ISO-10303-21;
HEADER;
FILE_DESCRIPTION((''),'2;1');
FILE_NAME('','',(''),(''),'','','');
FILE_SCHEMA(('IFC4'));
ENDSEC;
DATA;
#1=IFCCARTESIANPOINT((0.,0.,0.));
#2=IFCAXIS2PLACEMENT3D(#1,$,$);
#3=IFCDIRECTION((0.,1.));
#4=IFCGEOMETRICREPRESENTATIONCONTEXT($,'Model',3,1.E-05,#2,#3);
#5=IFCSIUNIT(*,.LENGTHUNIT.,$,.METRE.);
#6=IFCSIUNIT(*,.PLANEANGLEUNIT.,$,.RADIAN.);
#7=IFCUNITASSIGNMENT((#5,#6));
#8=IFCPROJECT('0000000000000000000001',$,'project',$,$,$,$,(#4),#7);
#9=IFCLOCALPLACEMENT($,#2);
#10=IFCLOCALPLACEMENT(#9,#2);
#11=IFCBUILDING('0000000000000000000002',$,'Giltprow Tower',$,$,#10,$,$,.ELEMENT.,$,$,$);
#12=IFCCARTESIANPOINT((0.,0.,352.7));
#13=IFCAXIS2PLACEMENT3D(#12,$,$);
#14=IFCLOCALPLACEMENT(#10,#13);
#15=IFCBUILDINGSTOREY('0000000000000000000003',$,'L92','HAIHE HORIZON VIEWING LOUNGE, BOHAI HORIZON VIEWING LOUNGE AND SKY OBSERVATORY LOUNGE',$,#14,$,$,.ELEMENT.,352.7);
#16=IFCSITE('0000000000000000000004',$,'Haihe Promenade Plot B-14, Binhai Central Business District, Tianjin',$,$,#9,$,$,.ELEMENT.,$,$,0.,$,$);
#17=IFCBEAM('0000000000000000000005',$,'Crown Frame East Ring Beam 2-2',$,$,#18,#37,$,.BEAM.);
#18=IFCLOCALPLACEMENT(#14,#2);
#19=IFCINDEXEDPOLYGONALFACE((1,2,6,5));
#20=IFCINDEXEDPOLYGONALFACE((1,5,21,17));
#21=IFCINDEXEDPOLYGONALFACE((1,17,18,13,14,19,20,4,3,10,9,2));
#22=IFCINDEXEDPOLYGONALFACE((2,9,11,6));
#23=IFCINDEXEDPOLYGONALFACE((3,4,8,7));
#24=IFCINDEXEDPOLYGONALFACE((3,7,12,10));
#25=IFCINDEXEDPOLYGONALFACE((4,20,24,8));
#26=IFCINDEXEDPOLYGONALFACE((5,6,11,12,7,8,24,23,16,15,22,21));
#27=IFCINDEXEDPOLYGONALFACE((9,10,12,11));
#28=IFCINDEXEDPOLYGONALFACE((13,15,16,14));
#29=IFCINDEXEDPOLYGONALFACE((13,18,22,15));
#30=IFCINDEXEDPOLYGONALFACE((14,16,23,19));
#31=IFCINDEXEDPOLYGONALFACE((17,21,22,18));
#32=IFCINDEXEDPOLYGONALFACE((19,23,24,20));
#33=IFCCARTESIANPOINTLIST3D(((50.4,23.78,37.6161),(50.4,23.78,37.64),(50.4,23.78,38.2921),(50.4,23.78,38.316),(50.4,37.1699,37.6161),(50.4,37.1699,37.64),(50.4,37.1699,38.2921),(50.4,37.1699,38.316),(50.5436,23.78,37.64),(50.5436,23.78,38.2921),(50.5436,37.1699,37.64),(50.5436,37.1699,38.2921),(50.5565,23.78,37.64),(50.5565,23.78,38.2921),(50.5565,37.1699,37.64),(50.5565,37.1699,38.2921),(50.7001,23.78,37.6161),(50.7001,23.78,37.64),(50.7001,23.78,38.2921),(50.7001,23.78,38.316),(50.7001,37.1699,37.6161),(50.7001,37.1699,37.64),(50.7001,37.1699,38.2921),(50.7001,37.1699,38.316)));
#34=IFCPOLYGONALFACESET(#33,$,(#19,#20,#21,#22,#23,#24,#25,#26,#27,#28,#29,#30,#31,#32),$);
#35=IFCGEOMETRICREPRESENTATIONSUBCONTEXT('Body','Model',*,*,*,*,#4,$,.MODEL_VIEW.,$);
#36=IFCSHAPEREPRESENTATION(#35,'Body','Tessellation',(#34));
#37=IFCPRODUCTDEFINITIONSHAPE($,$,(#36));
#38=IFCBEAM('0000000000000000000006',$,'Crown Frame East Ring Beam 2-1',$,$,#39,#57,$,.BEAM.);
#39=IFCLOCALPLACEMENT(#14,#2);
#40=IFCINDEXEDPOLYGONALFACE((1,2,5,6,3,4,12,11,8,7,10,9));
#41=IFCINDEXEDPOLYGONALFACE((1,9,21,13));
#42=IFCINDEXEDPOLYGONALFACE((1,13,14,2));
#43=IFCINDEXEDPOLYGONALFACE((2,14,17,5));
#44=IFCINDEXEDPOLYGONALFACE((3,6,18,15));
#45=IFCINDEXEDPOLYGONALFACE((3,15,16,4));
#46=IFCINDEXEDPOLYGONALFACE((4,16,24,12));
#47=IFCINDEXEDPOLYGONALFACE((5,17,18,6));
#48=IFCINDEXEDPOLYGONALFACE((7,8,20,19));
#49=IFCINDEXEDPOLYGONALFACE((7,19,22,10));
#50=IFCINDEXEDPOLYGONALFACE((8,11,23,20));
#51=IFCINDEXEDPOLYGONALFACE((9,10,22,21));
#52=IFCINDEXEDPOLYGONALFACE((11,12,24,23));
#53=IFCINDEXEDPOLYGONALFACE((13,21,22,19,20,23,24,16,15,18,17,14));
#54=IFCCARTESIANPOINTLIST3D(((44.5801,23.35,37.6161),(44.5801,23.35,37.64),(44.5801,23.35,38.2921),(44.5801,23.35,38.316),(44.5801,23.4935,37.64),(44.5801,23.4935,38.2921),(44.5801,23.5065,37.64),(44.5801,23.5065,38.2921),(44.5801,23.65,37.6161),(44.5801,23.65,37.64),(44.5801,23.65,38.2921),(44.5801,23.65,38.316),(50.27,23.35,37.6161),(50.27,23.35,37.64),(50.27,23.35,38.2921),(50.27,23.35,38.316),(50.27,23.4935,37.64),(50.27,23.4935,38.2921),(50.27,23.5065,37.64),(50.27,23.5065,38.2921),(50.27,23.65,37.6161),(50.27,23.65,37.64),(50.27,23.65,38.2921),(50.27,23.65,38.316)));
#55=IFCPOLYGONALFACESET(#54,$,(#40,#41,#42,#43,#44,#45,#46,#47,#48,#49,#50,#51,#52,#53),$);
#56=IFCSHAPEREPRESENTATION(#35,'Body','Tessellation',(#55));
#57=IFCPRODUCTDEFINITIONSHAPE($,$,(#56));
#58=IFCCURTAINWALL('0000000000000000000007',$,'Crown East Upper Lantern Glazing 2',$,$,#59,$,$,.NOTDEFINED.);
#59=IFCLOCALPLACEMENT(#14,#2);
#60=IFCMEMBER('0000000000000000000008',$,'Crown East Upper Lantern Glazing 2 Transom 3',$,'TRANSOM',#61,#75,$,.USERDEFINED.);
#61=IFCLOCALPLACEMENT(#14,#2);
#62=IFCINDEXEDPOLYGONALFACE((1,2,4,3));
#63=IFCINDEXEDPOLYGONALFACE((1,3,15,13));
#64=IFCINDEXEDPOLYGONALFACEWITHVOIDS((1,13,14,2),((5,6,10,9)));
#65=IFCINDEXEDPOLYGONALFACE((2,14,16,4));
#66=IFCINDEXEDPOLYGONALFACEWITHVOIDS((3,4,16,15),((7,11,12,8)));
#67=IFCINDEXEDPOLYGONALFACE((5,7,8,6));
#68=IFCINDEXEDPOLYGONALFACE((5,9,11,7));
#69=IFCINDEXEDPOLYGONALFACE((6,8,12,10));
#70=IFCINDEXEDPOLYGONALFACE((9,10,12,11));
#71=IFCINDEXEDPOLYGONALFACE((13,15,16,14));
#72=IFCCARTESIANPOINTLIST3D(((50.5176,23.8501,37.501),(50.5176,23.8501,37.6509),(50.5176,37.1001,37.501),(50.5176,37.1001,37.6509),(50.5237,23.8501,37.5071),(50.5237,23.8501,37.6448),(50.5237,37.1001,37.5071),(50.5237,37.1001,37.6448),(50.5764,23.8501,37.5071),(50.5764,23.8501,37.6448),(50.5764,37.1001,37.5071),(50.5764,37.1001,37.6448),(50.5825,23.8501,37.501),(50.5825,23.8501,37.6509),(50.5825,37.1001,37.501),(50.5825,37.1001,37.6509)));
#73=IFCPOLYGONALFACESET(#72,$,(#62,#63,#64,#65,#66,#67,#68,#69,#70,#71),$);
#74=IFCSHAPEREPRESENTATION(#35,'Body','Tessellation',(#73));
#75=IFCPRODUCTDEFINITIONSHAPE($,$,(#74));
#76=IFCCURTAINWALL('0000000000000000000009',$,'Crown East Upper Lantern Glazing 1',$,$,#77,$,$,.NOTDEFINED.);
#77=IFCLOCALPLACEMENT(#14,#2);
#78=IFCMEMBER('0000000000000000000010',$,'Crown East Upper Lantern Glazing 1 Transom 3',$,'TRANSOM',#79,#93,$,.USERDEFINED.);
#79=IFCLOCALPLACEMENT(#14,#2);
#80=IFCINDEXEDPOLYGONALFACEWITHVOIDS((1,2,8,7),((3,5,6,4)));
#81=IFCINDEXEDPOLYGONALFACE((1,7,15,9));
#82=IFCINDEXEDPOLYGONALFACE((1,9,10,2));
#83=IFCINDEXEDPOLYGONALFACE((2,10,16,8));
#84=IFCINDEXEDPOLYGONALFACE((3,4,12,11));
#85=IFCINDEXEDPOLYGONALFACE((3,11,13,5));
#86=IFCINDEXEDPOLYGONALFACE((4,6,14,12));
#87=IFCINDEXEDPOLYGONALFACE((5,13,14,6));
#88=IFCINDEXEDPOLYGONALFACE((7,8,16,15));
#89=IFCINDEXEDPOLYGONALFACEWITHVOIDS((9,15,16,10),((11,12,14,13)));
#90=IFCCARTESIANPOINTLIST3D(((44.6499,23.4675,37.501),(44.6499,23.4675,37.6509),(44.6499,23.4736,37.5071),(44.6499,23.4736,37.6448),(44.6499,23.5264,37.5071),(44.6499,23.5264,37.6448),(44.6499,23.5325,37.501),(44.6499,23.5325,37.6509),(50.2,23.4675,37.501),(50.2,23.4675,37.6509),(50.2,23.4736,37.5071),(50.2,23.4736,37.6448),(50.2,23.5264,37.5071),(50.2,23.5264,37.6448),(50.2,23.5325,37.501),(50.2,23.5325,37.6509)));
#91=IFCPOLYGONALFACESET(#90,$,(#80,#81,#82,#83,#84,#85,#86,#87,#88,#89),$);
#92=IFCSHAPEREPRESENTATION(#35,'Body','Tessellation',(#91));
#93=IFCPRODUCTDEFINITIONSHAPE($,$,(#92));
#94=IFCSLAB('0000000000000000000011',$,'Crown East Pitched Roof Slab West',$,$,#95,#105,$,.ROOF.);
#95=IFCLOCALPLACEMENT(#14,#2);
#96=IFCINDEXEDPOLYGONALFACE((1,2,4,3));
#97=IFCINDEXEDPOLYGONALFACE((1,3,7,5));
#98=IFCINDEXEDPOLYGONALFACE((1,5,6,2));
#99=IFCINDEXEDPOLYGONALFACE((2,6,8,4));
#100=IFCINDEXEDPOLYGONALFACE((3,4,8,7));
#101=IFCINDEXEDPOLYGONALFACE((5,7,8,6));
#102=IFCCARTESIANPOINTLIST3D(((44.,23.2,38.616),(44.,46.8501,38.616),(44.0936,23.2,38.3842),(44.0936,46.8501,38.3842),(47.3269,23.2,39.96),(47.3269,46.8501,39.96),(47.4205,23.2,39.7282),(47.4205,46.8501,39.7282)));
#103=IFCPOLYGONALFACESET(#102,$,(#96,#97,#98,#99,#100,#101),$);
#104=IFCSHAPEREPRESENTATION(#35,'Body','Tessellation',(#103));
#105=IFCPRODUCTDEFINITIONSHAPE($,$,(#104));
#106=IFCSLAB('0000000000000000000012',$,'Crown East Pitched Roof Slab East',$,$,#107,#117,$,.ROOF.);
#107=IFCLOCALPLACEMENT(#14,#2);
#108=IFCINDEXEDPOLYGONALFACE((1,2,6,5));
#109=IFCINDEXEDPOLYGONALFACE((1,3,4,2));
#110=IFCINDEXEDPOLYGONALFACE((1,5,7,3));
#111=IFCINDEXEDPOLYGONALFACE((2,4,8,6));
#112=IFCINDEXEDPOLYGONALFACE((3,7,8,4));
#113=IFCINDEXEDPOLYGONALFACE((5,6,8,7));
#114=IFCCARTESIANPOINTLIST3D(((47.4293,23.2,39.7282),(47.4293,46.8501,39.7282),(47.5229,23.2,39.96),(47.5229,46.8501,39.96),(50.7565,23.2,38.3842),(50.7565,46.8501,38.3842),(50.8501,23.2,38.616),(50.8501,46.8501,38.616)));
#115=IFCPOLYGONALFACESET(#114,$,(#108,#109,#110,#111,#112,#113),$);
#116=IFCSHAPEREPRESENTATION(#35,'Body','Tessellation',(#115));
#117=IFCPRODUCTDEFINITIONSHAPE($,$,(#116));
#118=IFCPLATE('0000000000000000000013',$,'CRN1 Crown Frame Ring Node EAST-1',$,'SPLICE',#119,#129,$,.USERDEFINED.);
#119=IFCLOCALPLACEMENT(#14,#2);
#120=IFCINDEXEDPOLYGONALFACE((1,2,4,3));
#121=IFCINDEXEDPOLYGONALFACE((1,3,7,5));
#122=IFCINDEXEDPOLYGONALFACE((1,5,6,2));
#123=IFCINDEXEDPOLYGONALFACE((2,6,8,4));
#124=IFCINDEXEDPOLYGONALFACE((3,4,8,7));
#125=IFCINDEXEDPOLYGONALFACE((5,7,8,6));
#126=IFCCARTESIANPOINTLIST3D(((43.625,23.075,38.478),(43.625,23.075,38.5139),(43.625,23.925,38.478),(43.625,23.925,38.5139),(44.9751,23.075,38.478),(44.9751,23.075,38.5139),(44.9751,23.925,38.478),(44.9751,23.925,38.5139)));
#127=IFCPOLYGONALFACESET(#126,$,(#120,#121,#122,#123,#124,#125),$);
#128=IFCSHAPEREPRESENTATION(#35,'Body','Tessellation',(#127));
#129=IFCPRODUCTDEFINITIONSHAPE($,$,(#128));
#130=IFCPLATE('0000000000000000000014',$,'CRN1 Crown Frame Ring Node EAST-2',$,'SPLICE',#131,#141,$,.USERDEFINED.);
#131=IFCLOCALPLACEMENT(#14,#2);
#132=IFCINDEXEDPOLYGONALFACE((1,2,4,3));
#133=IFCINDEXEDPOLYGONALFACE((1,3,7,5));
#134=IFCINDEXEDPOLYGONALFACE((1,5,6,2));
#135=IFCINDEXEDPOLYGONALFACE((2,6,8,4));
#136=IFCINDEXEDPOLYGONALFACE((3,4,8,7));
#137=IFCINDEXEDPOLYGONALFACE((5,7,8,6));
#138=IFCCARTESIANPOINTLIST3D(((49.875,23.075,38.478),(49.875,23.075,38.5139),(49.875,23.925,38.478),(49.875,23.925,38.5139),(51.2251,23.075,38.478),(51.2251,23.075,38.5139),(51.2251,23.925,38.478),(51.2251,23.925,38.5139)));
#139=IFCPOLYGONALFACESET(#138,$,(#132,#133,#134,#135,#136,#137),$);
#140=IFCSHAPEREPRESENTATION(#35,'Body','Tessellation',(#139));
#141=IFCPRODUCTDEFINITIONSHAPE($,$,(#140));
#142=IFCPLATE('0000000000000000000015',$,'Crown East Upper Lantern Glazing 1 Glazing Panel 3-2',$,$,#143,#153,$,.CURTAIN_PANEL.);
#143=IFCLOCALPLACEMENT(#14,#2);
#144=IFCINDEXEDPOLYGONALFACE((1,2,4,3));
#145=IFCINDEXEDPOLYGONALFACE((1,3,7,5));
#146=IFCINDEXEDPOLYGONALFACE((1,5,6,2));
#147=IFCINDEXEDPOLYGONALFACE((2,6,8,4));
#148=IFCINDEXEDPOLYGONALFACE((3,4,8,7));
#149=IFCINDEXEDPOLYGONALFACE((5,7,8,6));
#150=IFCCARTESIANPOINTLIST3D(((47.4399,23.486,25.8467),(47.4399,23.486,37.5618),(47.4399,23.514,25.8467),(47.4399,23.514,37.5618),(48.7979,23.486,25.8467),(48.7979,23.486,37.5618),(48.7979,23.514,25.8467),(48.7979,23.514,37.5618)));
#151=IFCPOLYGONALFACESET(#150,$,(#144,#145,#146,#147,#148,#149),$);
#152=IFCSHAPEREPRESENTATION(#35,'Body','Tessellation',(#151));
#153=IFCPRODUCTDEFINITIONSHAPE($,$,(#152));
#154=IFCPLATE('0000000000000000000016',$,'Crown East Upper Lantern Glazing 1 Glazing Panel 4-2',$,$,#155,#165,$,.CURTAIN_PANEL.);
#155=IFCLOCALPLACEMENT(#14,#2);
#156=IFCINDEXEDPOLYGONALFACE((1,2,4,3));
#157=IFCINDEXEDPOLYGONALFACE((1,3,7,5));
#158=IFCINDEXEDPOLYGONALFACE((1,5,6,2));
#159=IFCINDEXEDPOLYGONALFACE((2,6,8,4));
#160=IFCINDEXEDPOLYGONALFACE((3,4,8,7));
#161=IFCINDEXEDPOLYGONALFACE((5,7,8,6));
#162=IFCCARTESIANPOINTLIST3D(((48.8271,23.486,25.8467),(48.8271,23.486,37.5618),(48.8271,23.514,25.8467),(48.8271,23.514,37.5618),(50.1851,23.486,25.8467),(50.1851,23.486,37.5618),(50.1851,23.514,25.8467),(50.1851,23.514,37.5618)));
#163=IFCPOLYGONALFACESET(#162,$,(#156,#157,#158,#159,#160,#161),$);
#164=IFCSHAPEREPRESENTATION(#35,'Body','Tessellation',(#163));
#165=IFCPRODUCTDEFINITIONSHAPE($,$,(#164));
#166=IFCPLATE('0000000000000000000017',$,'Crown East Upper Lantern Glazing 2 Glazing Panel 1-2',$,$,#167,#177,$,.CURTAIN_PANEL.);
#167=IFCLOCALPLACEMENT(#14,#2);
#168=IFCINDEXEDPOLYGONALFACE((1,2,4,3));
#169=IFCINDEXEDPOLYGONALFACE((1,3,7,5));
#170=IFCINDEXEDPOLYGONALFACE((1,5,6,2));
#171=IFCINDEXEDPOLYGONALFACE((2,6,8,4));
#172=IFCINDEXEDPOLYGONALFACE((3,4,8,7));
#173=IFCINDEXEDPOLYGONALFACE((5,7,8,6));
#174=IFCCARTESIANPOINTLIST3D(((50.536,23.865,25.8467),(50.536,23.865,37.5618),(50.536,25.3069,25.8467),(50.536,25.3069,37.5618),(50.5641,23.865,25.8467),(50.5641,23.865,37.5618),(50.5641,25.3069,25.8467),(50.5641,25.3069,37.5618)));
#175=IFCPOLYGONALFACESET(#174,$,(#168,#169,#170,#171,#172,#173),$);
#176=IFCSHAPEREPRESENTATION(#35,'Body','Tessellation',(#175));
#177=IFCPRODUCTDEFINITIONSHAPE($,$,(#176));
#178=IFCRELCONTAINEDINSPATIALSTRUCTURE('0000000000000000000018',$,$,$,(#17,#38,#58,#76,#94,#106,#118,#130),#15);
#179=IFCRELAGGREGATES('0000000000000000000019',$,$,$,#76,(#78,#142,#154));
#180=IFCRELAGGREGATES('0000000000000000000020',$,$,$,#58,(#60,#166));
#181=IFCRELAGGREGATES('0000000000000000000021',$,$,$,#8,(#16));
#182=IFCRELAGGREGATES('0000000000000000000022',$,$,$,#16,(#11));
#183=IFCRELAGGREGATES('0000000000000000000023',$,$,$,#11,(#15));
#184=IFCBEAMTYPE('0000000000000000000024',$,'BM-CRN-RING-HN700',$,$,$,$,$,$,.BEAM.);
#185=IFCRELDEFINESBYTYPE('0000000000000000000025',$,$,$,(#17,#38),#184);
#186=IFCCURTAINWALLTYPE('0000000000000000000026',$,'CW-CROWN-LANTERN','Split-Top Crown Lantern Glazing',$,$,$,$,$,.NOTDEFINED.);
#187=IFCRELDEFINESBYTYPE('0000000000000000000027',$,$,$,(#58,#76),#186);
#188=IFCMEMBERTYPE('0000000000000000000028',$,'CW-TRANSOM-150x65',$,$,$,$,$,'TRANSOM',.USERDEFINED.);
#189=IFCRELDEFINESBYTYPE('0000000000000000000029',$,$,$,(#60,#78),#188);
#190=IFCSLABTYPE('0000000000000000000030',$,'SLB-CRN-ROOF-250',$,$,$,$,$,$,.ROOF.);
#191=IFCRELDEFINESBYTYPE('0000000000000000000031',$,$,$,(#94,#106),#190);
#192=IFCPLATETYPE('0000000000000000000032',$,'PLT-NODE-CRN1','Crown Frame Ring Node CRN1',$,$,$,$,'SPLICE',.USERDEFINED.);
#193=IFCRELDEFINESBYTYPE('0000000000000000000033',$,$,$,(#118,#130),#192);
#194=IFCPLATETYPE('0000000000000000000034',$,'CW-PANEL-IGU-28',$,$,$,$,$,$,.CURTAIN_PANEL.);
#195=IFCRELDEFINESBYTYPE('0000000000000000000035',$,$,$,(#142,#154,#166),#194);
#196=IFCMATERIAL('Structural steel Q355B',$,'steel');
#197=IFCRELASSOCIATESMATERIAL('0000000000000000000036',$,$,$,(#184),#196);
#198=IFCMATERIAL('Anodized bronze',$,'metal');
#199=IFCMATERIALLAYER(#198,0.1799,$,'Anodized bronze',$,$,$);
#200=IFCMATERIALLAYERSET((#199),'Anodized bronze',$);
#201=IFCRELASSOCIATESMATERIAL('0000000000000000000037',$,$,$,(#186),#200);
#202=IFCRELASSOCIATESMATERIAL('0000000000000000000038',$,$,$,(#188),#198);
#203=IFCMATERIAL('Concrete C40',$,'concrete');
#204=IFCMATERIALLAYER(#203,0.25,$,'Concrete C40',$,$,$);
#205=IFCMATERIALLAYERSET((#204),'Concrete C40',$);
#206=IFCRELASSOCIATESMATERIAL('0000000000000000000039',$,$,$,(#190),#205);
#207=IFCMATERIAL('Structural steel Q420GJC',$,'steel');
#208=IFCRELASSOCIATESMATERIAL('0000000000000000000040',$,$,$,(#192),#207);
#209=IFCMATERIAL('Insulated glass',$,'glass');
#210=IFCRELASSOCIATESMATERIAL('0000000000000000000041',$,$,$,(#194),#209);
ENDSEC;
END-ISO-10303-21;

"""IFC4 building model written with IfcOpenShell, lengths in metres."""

from ifc_helpers import new_model, si_unit, direction, frame, origin, origin_2d, place, context, subcontext, project, spatial, polyline, rectangle, hollow_rectangle, i_section, outline, extrude, source, transform, mapped, material, layer, layer_set, material_profile, profile_set, type_object, element, aggregate, save


model = new_model("IFC4")

# Units and contexts
model_context = context("Model", 3, precision=1e-05, world=origin(), true_north=direction((0.0, 1.0)))
body_context = subcontext(model_context, "Body", "Model", "MODEL_VIEW")
ifc_project = project(units=[si_unit("LENGTHUNIT", "METRE"), si_unit("PLANEANGLEUNIT", "RADIAN")], contexts=[model_context])

# Site, building, storey
site_placement = place(None, origin())
site = spatial("IfcSite", under=ifc_project, at=site_placement, Name="Haihe Promenade Plot B-14, Binhai Central Business District, Tianjin", CompositionType="ELEMENT", RefElevation=0.0)
building_placement = place(site_placement, origin())
building = spatial("IfcBuilding", under=site, at=building_placement, Name="Giltprow Tower", CompositionType="ELEMENT")
storey_placement = place(building_placement, frame((0.0, 0.0, 352.7)))
storey = spatial("IfcBuildingStorey", under=building, at=storey_placement, Name="L92", Description="HAIHE HORIZON VIEWING LOUNGE, BOHAI HORIZON VIEWING LOUNGE AND SKY OBSERVATORY LOUNGE", CompositionType="ELEMENT", Elevation=352.7)

# Beams
ifc_material_1 = material(Name="Structural steel Q355B", Category="steel")
ifc_material_profile_1 = material_profile(ifc_material_1, i_section(OverallWidth=0.3, OverallDepth=0.7, WebThickness=0.0129, FlangeThickness=0.0239, at=origin_2d()), Name="HN 700x300x13x24")
ifc_profile_set_1 = profile_set([ifc_material_profile_1], Name="Structural steel Q355B")
beam_type = type_object("IfcBeamType", Name="BM-CRN-RING-HN700", PredefinedType="BEAM", material=ifc_profile_set_1)
shared_shape_1 = source(origin(), body_context, "Body", "SweptSolid", [
    extrude(i_section(OverallWidth=0.3, OverallDepth=0.7, WebThickness=0.0129, FlangeThickness=0.0239, at=origin_2d()), origin(), (0.0, 0.0, 1.0), 13.3899),
])
beam_1_placement = place(storey_placement, frame((50.55, 23.78, 37.9661), z_axis=(0.0, 1.0, 0.0), x_axis=(-1.0, 0.0, 0.0)))
element("IfcBeam", 1, at=beam_1_placement, inside=storey, type_object=beam_type, Name="Crown Frame East Ring Beam 2-2", PredefinedType="BEAM", context=body_context, shape_type="MappedRepresentation", body=[
    mapped(shared_shape_1, transform((0.0, 0.0, 0.0), x_axis=(1.0, 0.0, 0.0), y_axis=(0.0, 1.0, 0.0), z_axis=(0.0, 0.0, 1.0), scale=1.0)),
])
shared_shape_2 = source(origin(), body_context, "Body", "SweptSolid", [
    extrude(i_section(OverallWidth=0.3, OverallDepth=0.7, WebThickness=0.0129, FlangeThickness=0.0239, at=origin_2d()), origin(), (0.0, 0.0, 1.0), 5.6899),
])
beam_2_placement = place(storey_placement, frame((44.5801, 23.5, 37.9661), z_axis=(1.0, 0.0, 0.0), x_axis=(0.0, 1.0, 0.0)))
element("IfcBeam", 2, at=beam_2_placement, inside=storey, type_object=beam_type, Name="Crown Frame East Ring Beam 2-1", PredefinedType="BEAM", context=body_context, shape_type="MappedRepresentation", body=[
    mapped(shared_shape_2, transform((0.0, 0.0, 0.0), x_axis=(1.0, 0.0, 0.0), y_axis=(0.0, 1.0, 0.0), z_axis=(0.0, 0.0, 1.0), scale=1.0)),
])

# Curtain walls, members
ifc_material_2 = material(Name="Anodized bronze", Category="metal")
ifc_layer_1 = layer(ifc_material_2, 0.1799, Name="Anodized bronze")
ifc_layer_set_1 = layer_set([ifc_layer_1], Name="Anodized bronze")
curtain_wall_type = type_object("IfcCurtainWallType", Name="CW-CROWN-LANTERN", Description="Split-Top Crown Lantern Glazing", PredefinedType="NOTDEFINED", material=ifc_layer_set_1)
curtain_wall_1_placement = place(storey_placement, origin())
curtain_wall_1 = element("IfcCurtainWall", 3, at=curtain_wall_1_placement, inside=storey, type_object=curtain_wall_type, Name="Crown East Upper Lantern Glazing 2", PredefinedType="NOTDEFINED")
ifc_material_profile_2 = material_profile(ifc_material_2, hollow_rectangle(XDim=0.0649, YDim=0.1499, WallThickness=0.0061, at=origin_2d()), Name="RHS 150x65x6")
ifc_profile_set_2 = profile_set([ifc_material_profile_2], Name="Anodized bronze")
member_type = type_object("IfcMemberType", Name="CW-TRANSOM-150x65", ElementType="TRANSOM", PredefinedType="USERDEFINED", material=ifc_profile_set_2)
shared_shape_3 = source(origin(), body_context, "Body", "SweptSolid", [
    extrude(hollow_rectangle(XDim=0.0649, YDim=0.1499, WallThickness=0.0061, at=origin_2d()), origin(), (0.0, 0.0, 1.0), 13.25),
])
member_1_placement = place(storey_placement, frame((50.55, 23.8501, 37.5759), z_axis=(0.0, 1.0, 0.0), x_axis=(-1.0, 0.0, 0.0)))
member_1 = element("IfcMember", 4, at=member_1_placement, type_object=member_type, Name="Crown East Upper Lantern Glazing 2 Transom 3", ObjectType="TRANSOM", PredefinedType="USERDEFINED", context=body_context, shape_type="MappedRepresentation", body=[
    mapped(shared_shape_3, transform((0.0, 0.0, 0.0), x_axis=(1.0, 0.0, 0.0), y_axis=(0.0, 1.0, 0.0), z_axis=(0.0, 0.0, 1.0), scale=1.0)),
])
curtain_wall_2_placement = place(storey_placement, origin())
curtain_wall_2 = element("IfcCurtainWall", 5, at=curtain_wall_2_placement, inside=storey, type_object=curtain_wall_type, Name="Crown East Upper Lantern Glazing 1", PredefinedType="NOTDEFINED")
shared_shape_4 = source(origin(), body_context, "Body", "SweptSolid", [
    extrude(hollow_rectangle(XDim=0.0649, YDim=0.1499, WallThickness=0.0061, at=origin_2d()), origin(), (0.0, 0.0, 1.0), 5.55),
])
member_2_placement = place(storey_placement, frame((44.6499, 23.5, 37.5759), z_axis=(1.0, 0.0, 0.0), x_axis=(0.0, 1.0, 0.0)))
member_2 = element("IfcMember", 6, at=member_2_placement, type_object=member_type, Name="Crown East Upper Lantern Glazing 1 Transom 3", ObjectType="TRANSOM", PredefinedType="USERDEFINED", context=body_context, shape_type="MappedRepresentation", body=[
    mapped(shared_shape_4, transform((0.0, 0.0, 0.0), x_axis=(1.0, 0.0, 0.0), y_axis=(0.0, 1.0, 0.0), z_axis=(0.0, 0.0, 1.0), scale=1.0)),
])

# Slabs
ifc_material_3 = material(Name="Concrete C40", Category="concrete")
ifc_layer_2 = layer(ifc_material_3, 0.25, Name="Concrete C40")
ifc_layer_set_2 = layer_set([ifc_layer_2], Name="Concrete C40")
slab_type = type_object("IfcSlabType", Name="SLB-CRN-ROOF-250", PredefinedType="ROOF", material=ifc_layer_set_2)
slab_1_placement = place(storey_placement, frame((44.0, 23.2, 38.616), z_axis=(-0.374568, 0.0, 0.9272), x_axis=(0.9272, 0.0, 0.374568)))
element("IfcSlab", 7, at=slab_1_placement, inside=storey, type_object=slab_type, Name="Crown East Pitched Roof Slab West", PredefinedType="ROOF", context=body_context, shape_type="SweptSolid", body=[
    extrude(outline(polyline([(0.0, 0.0), (3.5881, 0.0), (3.5881, 23.6501), (0.0, 23.6501), (0.0, 0.0)])), origin(), (0.0, 0.0, -1.0), 0.25),
])
slab_2_placement = place(storey_placement, frame((47.5229, 23.2, 39.96), z_axis=(0.374544, 0.0, 0.927209), x_axis=(0.927209, 0.0, -0.374544)))
element("IfcSlab", 8, at=slab_2_placement, inside=storey, type_object=slab_type, Name="Crown East Pitched Roof Slab East", PredefinedType="ROOF", context=body_context, shape_type="SweptSolid", body=[
    extrude(outline(polyline([(0.0, 0.0), (3.5883, 0.0), (3.5883, 23.6501), (0.0, 23.6501), (0.0, 0.0)])), origin(), (0.0, 0.0, -1.0), 0.25),
])

# Plates
ifc_material_4 = material(Name="Structural steel Q420GJC", Category="steel")
plate_type_1 = type_object("IfcPlateType", Name="PLT-NODE-CRN1", Description="Crown Frame Ring Node CRN1", ElementType="SPLICE", PredefinedType="USERDEFINED", material=ifc_material_4)
shared_shape_5 = source(origin(), body_context, "Body", "SweptSolid", [
    extrude(rectangle(XDim=1.3501, YDim=0.8501, at=origin_2d()), origin(), (0.0, 0.0, 1.0), 0.0359),
])
for number, where, z_axis, x_axis, name in (
    (9, (44.3, 23.5, 38.478), (0.0, 0.0, 1.0), (1.0, 0.0, 0.0), "CRN1 Crown Frame Ring Node EAST-1"),
    (10, (50.55, 23.5, 38.478), (0.0, 0.0, 1.0), (1.0, 0.0, 0.0), "CRN1 Crown Frame Ring Node EAST-2"),
):
    element("IfcPlate", number, at=place(storey_placement, frame(where, z_axis=z_axis, x_axis=x_axis)), inside=storey, type_object=plate_type_1, Name=name, ObjectType="SPLICE", PredefinedType="USERDEFINED", context=body_context, shape_type="MappedRepresentation", body=[
        mapped(shared_shape_5, transform((0.0, 0.0, 0.0), x_axis=(1.0, 0.0, 0.0), y_axis=(0.0, 1.0, 0.0), z_axis=(0.0, 0.0, 1.0), scale=1.0)),
    ])

# Plates
ifc_material_5 = material(Name="Insulated glass", Category="glass")
plate_type_2 = type_object("IfcPlateType", Name="CW-PANEL-IGU-28", PredefinedType="CURTAIN_PANEL", material=ifc_material_5)
shared_shape_6 = source(origin(), body_context, "Body", "SweptSolid", [
    extrude(rectangle(XDim=1.3579, YDim=0.0281, at=origin_2d()), origin(), (0.0, 0.0, 1.0), 11.7151),
])
plate_1_placement = place(storey_placement, frame((48.1189, 23.5, 25.8467), z_axis=(0.0, 0.0, 1.0), x_axis=(1.0, 0.0, 0.0)))
plate_1 = element("IfcPlate", 11, at=plate_1_placement, type_object=plate_type_2, Name="Crown East Upper Lantern Glazing 1 Glazing Panel 3-2", PredefinedType="CURTAIN_PANEL", context=body_context, shape_type="MappedRepresentation", body=[
    mapped(shared_shape_6, transform((0.0, 0.0, 0.0), x_axis=(1.0, 0.0, 0.0), y_axis=(0.0, 1.0, 0.0), z_axis=(0.0, 0.0, 1.0), scale=1.0)),
])
plate_2_placement = place(storey_placement, frame((49.5061, 23.5, 25.8467), z_axis=(0.0, 0.0, 1.0), x_axis=(1.0, 0.0, 0.0)))
plate_2 = element("IfcPlate", 12, at=plate_2_placement, type_object=plate_type_2, Name="Crown East Upper Lantern Glazing 1 Glazing Panel 4-2", PredefinedType="CURTAIN_PANEL", context=body_context, shape_type="MappedRepresentation", body=[
    mapped(shared_shape_6, transform((0.0, 0.0, 0.0), x_axis=(1.0, 0.0, 0.0), y_axis=(0.0, 1.0, 0.0), z_axis=(0.0, 0.0, 1.0), scale=1.0)),
])
aggregate(curtain_wall_2, [member_2, plate_1, plate_2])
shared_shape_7 = source(origin(), body_context, "Body", "SweptSolid", [
    extrude(rectangle(XDim=1.4419, YDim=0.0281, at=origin_2d()), origin(), (0.0, 0.0, 1.0), 11.7151),
])
plate_3_placement = place(storey_placement, frame((50.55, 24.5859, 25.8467), z_axis=(0.0, 0.0, 1.0), x_axis=(0.0, 1.0, 0.0)))
plate_3 = element("IfcPlate", 13, at=plate_3_placement, type_object=plate_type_2, Name="Crown East Upper Lantern Glazing 2 Glazing Panel 1-2", PredefinedType="CURTAIN_PANEL", context=body_context, shape_type="MappedRepresentation", body=[
    mapped(shared_shape_7, transform((0.0, 0.0, 0.0), x_axis=(1.0, 0.0, 0.0), y_axis=(0.0, 1.0, 0.0), z_axis=(0.0, 0.0, 1.0), scale=1.0)),
])
aggregate(curtain_wall_1, [member_1, plate_3])

save(model, "model.ifc")
